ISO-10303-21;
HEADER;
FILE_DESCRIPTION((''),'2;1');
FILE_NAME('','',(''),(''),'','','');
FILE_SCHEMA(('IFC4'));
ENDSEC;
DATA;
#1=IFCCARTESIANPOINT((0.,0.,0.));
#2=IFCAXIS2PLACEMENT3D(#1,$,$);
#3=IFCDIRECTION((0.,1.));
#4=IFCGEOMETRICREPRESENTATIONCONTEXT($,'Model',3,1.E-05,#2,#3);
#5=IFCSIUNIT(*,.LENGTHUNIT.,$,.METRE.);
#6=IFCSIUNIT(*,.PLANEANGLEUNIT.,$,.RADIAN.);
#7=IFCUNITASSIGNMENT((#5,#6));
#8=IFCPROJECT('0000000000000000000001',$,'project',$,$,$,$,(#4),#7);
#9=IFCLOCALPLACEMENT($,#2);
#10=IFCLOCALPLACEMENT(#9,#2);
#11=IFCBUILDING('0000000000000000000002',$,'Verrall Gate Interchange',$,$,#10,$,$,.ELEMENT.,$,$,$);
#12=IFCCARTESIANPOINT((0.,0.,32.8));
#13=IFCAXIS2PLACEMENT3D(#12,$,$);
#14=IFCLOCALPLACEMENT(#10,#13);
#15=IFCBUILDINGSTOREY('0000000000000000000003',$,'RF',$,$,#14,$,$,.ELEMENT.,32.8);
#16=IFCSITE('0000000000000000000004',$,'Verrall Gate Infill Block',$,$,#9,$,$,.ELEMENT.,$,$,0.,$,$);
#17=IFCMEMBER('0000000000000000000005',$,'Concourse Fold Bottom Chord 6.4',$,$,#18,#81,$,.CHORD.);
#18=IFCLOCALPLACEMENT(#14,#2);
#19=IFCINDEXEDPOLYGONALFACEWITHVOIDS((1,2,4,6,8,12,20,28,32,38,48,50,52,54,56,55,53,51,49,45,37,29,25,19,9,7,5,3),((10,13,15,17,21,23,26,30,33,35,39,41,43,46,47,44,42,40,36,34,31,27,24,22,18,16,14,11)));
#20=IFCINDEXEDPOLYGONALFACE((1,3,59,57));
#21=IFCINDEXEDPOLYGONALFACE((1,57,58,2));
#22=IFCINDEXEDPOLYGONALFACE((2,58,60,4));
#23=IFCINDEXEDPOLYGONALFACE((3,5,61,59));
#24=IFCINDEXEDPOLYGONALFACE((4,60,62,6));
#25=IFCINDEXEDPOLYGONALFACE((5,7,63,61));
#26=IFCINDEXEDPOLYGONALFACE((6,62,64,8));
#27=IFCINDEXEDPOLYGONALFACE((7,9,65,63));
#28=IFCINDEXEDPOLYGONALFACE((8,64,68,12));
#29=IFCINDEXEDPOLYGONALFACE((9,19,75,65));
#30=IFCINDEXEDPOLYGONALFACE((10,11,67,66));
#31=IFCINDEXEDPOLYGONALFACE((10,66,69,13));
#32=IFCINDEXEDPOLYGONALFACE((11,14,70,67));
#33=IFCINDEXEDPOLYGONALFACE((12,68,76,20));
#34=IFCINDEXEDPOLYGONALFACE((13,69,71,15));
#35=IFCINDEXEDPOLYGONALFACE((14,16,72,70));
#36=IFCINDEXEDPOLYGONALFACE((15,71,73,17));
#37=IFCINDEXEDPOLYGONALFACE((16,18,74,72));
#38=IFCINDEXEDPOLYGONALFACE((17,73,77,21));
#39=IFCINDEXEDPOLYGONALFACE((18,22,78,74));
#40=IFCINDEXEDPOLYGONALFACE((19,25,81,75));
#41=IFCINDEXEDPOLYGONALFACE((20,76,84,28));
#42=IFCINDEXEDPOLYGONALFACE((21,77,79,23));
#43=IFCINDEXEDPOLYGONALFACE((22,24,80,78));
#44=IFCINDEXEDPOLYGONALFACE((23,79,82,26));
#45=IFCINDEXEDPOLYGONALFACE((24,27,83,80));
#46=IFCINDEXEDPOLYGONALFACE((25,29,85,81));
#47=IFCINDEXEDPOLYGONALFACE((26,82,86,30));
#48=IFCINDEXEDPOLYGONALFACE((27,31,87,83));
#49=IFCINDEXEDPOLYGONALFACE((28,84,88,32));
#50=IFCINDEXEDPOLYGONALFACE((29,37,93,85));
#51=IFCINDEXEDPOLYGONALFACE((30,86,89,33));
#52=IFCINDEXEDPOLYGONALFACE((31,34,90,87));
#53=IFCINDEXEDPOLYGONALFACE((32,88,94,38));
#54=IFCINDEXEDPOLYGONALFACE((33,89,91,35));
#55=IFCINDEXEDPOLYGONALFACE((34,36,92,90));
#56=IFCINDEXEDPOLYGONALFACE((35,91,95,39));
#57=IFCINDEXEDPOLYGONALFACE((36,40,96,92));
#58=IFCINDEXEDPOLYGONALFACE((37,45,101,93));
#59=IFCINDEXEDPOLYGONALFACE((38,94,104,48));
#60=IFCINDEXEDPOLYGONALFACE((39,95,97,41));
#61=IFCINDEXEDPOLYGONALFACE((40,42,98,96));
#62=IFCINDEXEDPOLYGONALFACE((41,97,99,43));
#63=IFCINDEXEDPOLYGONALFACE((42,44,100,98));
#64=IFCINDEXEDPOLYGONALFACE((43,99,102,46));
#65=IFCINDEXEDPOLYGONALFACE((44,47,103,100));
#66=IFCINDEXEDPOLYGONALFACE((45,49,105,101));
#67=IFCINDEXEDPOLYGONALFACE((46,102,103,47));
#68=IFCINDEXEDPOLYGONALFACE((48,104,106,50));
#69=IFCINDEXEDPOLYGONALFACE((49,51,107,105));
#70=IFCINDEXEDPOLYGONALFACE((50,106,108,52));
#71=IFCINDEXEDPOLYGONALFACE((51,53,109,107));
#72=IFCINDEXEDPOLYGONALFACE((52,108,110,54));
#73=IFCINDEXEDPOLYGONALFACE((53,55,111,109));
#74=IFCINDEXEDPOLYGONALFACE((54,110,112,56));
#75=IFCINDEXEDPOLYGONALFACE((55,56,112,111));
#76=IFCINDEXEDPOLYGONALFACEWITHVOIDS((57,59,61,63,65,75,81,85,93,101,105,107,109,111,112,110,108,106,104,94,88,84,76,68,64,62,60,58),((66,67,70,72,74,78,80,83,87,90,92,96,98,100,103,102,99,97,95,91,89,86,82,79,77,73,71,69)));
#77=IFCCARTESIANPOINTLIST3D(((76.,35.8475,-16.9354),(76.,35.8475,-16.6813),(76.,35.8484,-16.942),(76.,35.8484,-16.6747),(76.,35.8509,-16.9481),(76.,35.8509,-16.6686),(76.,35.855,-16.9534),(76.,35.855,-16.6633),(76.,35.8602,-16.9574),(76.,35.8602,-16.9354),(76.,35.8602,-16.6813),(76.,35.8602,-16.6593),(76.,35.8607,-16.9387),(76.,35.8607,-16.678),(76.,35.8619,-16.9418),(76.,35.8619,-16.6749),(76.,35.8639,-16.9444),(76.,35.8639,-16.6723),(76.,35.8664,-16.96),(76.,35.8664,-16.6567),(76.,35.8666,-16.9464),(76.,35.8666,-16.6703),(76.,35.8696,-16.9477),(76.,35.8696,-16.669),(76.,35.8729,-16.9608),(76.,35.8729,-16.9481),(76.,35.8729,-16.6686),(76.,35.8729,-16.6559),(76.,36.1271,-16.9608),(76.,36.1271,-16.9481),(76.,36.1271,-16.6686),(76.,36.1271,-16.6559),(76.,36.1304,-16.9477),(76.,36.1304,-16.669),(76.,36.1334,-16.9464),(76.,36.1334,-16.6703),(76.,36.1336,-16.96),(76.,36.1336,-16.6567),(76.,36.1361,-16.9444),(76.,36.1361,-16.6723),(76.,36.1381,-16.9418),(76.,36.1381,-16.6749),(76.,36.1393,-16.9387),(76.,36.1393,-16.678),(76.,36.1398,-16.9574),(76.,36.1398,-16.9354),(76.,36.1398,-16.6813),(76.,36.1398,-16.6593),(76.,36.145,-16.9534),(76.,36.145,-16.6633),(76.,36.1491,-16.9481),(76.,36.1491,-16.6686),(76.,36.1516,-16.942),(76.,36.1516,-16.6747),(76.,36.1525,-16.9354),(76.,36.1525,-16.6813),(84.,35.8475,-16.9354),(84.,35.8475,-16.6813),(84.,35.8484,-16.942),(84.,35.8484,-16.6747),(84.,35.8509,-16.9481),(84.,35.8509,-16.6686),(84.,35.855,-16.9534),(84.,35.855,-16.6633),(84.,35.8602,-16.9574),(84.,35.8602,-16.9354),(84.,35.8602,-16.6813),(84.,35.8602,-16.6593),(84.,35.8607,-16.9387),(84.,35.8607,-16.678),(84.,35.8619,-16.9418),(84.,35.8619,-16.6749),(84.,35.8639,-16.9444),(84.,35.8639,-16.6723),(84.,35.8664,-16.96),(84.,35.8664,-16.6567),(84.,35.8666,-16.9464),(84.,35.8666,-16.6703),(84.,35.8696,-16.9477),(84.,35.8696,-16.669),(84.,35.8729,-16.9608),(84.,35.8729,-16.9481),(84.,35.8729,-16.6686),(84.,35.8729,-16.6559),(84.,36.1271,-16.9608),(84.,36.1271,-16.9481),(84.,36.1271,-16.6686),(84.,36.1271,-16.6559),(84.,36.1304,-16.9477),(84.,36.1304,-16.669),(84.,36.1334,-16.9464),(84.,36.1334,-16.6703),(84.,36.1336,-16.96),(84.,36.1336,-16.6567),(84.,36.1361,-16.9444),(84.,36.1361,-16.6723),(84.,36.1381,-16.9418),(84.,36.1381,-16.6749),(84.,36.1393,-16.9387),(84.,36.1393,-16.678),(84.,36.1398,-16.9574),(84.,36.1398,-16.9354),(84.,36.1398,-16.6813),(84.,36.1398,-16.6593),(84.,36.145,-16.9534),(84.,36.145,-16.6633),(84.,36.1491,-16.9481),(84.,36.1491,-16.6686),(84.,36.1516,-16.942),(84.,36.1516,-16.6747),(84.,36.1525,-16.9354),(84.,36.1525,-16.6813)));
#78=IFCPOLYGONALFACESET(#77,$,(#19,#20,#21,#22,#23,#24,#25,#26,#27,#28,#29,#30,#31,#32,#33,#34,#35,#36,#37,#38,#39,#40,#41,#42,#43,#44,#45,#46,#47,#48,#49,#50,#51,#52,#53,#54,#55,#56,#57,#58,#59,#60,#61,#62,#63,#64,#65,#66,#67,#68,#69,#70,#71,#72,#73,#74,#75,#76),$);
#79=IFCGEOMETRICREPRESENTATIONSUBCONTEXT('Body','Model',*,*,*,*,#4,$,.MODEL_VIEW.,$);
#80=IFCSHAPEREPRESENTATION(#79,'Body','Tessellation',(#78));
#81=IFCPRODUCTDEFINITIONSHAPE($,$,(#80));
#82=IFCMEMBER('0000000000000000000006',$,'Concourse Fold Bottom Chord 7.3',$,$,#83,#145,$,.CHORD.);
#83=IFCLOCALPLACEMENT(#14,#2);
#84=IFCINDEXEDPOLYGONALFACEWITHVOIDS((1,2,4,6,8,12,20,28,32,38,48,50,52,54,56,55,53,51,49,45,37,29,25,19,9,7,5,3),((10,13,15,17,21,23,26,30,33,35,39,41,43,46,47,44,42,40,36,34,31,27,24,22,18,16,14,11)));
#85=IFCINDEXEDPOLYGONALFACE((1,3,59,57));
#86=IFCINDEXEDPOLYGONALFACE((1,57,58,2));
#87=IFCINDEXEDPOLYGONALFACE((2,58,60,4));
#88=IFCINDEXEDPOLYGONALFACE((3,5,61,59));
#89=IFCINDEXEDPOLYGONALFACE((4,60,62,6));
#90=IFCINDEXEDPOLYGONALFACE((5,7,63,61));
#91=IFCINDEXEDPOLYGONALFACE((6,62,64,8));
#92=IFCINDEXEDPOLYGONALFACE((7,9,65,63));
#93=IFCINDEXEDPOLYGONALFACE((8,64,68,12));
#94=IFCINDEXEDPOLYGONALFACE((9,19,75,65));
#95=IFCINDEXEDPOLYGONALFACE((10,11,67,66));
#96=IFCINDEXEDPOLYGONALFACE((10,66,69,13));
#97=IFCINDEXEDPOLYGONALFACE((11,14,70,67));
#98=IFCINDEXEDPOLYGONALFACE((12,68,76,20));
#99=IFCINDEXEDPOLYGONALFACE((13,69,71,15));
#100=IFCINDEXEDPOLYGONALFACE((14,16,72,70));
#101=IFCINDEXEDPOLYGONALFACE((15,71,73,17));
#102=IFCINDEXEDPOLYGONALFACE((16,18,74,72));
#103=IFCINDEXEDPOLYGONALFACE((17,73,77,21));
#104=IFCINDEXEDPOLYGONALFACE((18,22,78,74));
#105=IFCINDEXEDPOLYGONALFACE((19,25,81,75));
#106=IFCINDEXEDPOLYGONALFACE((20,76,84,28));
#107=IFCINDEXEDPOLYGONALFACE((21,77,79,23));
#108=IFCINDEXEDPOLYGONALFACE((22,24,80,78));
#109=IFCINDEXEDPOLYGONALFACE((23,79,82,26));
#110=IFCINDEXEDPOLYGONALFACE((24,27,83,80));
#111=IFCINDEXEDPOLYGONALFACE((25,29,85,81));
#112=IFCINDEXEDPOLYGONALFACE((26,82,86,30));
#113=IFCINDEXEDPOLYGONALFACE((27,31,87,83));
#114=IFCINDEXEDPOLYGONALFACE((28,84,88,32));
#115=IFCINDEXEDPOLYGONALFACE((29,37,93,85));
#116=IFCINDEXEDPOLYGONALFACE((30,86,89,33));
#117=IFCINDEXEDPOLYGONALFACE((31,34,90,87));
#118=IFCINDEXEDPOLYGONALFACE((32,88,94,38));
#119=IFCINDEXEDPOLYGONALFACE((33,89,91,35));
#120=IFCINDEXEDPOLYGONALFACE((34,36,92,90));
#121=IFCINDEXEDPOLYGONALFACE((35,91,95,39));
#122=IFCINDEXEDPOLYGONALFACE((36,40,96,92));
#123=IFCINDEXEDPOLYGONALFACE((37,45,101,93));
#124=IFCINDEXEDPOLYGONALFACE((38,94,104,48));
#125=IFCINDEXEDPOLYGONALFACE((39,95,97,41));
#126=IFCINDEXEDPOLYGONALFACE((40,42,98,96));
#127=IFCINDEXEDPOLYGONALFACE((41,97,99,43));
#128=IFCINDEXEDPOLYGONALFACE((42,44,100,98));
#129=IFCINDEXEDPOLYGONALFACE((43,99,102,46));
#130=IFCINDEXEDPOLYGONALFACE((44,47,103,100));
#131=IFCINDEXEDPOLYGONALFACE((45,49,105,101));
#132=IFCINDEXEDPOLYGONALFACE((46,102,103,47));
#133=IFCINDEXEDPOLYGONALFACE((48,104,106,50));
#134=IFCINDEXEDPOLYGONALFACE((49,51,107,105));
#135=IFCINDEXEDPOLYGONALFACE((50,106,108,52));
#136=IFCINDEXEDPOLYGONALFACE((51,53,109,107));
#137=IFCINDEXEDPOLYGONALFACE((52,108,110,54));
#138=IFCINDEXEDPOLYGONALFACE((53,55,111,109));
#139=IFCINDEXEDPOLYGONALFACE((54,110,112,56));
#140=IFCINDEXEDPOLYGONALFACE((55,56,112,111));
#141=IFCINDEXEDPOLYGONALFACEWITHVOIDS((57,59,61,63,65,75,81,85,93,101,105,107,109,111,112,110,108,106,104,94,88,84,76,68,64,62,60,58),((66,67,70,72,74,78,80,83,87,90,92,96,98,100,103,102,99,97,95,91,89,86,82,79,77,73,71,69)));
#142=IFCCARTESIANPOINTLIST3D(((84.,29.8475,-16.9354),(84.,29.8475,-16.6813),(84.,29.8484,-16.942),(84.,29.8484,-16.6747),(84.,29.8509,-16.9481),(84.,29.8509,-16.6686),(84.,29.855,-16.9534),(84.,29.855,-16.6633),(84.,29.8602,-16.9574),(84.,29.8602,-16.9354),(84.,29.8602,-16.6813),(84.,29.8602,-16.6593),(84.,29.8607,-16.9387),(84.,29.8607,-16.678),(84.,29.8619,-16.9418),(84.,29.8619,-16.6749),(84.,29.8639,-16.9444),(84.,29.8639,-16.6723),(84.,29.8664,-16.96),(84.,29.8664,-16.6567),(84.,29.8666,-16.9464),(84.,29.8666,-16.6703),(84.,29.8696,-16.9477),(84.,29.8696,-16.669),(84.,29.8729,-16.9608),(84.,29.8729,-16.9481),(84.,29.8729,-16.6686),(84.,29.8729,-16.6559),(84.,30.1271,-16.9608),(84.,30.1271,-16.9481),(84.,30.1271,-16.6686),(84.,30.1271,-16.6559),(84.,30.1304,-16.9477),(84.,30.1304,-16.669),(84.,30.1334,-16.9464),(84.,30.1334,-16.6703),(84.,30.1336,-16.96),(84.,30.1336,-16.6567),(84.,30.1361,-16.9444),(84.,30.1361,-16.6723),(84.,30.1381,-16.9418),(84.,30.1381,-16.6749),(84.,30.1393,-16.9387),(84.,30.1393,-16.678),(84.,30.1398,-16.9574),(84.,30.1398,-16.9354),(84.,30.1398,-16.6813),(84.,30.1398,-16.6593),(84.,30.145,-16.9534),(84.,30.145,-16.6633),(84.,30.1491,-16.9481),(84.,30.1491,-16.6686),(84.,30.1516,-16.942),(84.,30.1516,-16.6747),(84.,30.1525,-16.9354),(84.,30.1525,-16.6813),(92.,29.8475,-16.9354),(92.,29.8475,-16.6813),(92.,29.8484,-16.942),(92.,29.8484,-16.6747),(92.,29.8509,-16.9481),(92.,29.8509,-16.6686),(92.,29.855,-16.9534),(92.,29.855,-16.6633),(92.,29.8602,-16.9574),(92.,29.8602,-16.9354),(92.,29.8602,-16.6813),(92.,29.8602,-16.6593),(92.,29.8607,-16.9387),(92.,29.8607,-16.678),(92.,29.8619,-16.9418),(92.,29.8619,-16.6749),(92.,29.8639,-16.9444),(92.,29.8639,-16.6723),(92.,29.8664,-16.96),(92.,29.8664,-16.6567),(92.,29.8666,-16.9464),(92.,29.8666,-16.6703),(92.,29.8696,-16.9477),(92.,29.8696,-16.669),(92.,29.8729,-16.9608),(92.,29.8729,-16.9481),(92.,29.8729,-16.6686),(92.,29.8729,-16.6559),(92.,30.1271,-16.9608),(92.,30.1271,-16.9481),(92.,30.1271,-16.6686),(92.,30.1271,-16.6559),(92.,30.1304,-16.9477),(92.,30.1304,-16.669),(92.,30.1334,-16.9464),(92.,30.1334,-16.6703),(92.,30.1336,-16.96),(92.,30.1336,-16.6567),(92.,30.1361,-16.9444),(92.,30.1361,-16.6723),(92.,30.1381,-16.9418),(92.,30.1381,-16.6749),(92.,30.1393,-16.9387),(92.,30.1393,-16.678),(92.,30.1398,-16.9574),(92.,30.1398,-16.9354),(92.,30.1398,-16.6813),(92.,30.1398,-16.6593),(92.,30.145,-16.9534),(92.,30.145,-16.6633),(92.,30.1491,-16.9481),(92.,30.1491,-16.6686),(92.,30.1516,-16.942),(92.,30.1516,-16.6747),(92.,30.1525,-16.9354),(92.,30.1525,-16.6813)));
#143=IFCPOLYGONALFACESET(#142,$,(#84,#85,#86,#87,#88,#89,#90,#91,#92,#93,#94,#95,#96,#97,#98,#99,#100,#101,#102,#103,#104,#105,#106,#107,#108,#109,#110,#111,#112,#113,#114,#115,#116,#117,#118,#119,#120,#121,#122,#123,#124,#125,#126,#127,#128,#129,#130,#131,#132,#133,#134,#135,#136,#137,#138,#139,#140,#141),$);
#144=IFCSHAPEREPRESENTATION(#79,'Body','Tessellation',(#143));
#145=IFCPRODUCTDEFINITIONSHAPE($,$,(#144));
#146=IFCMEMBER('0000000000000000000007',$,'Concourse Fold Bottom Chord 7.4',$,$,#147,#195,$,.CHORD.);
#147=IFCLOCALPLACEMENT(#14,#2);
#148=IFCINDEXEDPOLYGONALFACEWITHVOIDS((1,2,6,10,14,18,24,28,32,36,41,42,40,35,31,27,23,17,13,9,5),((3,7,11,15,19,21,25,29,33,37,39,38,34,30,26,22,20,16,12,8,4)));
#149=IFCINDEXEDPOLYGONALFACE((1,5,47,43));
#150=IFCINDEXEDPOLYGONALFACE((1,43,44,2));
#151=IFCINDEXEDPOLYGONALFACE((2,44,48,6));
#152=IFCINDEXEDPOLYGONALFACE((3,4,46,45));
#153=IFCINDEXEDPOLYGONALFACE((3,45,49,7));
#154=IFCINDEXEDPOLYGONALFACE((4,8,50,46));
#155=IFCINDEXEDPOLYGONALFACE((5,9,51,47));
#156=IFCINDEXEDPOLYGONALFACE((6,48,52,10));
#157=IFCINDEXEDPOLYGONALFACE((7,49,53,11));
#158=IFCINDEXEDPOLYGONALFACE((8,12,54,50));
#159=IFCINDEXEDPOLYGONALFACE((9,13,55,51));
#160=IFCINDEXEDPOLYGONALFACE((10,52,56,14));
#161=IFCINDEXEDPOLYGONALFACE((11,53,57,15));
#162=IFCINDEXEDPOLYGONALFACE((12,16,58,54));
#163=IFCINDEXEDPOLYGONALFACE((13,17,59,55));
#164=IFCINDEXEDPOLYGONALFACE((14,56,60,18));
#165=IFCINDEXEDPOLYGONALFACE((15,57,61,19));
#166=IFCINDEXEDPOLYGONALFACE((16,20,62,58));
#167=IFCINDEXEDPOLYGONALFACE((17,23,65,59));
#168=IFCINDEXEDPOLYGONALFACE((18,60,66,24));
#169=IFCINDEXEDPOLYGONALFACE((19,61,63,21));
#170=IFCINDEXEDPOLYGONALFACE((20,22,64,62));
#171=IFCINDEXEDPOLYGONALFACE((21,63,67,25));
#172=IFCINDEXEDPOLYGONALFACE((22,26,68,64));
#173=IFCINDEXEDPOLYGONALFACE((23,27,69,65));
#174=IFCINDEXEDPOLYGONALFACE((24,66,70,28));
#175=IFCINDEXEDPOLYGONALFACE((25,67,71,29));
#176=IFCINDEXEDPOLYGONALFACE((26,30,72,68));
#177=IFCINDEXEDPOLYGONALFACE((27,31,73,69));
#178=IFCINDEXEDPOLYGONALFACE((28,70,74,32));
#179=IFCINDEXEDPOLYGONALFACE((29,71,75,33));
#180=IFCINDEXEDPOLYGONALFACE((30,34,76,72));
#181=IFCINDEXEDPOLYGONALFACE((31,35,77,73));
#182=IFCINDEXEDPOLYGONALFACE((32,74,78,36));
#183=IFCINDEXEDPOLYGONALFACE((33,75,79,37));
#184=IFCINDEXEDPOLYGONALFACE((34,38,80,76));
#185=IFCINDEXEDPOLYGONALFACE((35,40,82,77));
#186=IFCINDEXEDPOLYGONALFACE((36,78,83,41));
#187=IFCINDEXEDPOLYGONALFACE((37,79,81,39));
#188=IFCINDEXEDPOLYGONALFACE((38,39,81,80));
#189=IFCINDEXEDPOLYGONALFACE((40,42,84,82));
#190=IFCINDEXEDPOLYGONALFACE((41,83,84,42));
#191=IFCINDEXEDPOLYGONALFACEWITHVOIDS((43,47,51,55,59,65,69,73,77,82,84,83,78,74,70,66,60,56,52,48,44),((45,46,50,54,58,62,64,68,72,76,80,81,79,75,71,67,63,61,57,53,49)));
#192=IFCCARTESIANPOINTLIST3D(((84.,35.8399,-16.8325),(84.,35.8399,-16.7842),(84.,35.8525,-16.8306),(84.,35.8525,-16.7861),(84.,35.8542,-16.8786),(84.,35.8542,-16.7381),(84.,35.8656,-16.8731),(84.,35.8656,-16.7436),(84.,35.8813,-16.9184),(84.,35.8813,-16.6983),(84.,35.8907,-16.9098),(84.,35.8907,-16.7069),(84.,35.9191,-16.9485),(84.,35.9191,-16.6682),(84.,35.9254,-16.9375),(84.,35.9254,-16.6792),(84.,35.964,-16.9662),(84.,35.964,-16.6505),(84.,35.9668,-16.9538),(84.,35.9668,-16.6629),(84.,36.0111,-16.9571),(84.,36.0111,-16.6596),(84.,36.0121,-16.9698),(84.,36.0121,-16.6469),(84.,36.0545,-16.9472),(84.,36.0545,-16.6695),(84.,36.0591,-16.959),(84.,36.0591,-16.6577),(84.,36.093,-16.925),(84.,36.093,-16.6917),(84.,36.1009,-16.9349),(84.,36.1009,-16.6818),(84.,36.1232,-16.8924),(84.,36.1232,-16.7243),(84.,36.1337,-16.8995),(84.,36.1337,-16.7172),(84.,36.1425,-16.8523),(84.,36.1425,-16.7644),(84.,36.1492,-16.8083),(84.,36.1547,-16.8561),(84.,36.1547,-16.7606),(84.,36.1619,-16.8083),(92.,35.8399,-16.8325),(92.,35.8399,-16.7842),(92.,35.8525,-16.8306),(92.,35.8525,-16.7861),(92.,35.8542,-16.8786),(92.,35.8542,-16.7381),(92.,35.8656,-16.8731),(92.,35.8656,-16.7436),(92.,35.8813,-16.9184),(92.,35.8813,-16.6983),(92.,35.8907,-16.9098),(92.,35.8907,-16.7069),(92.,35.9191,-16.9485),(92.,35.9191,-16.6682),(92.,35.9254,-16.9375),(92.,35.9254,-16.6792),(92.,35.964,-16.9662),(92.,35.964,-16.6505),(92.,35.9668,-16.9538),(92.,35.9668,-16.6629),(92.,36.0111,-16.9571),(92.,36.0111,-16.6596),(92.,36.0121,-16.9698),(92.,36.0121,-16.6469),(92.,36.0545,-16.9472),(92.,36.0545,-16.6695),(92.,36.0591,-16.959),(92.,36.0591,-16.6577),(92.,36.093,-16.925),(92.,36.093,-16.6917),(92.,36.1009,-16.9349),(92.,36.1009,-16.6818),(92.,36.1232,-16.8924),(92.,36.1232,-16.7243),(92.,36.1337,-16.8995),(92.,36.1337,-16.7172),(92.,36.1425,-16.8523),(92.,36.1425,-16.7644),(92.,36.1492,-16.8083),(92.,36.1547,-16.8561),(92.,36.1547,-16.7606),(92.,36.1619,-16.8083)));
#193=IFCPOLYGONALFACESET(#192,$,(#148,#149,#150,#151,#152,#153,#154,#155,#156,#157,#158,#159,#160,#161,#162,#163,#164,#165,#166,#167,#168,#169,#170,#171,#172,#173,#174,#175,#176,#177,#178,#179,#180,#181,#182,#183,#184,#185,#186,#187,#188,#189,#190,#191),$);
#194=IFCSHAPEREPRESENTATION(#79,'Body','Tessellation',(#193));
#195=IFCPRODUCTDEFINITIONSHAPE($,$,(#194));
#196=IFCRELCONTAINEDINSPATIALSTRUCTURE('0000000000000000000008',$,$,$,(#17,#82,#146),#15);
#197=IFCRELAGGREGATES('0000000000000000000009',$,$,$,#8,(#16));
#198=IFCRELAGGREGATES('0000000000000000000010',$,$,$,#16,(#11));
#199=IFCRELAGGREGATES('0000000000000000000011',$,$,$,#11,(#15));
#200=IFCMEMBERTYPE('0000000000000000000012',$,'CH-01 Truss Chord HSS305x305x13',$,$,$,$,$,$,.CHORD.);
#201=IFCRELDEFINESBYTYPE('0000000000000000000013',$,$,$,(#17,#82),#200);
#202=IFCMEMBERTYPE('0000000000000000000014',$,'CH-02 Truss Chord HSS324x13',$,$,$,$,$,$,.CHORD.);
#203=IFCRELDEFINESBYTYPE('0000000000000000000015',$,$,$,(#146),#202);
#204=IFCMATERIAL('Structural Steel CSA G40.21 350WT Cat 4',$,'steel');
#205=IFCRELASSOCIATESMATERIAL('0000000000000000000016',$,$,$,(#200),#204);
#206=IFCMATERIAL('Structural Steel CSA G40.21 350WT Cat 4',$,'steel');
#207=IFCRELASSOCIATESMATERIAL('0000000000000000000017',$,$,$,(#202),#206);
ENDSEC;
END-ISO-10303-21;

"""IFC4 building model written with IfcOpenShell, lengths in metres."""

from ifc_helpers import new_model, si_unit, direction, frame, origin, origin_2d, place, context, subcontext, project, spatial, hollow_rectangle, hollow_circle, extrude, material, material_profile, profile_set, type_object, element, save


model = new_model("IFC4")

# Units and contexts
model_context = context("Model", 3, precision=1e-05, world=origin(), true_north=direction((0.0, 1.0)))
body_context = subcontext(model_context, "Body", "Model", "MODEL_VIEW")
ifc_project = project(units=[si_unit("LENGTHUNIT", "METRE"), si_unit("PLANEANGLEUNIT", "RADIAN")], contexts=[model_context])

# Site, building, storey
site_placement = place(None, origin())
site = spatial("IfcSite", under=ifc_project, at=site_placement, Name="Verrall Gate Infill Block", CompositionType="ELEMENT", RefElevation=0.0)
building_placement = place(site_placement, origin())
building = spatial("IfcBuilding", under=site, at=building_placement, Name="Verrall Gate Interchange", CompositionType="ELEMENT")
storey_placement = place(building_placement, frame((0.0, 0.0, 32.8)))
storey = spatial("IfcBuildingStorey", under=building, at=storey_placement, Name="RF", CompositionType="ELEMENT", Elevation=32.8)

# Members
ifc_material_1 = material(Name="Structural Steel CSA G40.21 350WT Cat 4", Category="steel")
ifc_material_profile_1 = material_profile(ifc_material_1, hollow_rectangle(XDim=0.3049, YDim=0.3049, WallThickness=0.0127, InnerFilletRadius=0.0127, OuterFilletRadius=0.0254, at=origin_2d()), Name="HSS305x305x13")
ifc_profile_set_1 = profile_set([ifc_material_profile_1], Name="Structural Steel CSA G40.21 350WT Cat 4")
member_type_1 = type_object("IfcMemberType", Name="CH-01 Truss Chord HSS305x305x13", PredefinedType="CHORD", material=ifc_profile_set_1)
for number, where, z_axis, x_axis, name in (
    (1, (76.0, 36.0, -16.8083), (1.0, 0.0, 0.0), (0.0, 1.0, 0.0), "Concourse Fold Bottom Chord 6.4"),
    (2, (84.0, 30.0, -16.8083), (1.0, 0.0, 0.0), (0.0, 1.0, 0.0), "Concourse Fold Bottom Chord 7.3"),
):
    element("IfcMember", number, at=place(storey_placement, frame(where, z_axis=z_axis, x_axis=x_axis)), inside=storey, type_object=member_type_1, Name=name, PredefinedType="CHORD", context=body_context, shape_type="SweptSolid", body=[
        extrude(hollow_rectangle(XDim=0.3049, YDim=0.3049, WallThickness=0.0127, InnerFilletRadius=0.0127, OuterFilletRadius=0.0254, at=origin_2d()), origin(), (0.0, 0.0, 1.0), 8.0),
    ])
ifc_material_2 = material(Name="Structural Steel CSA G40.21 350WT Cat 4", Category="steel")
ifc_material_profile_2 = material_profile(ifc_material_2, hollow_circle(Radius=0.1619, WallThickness=0.0127, at=origin_2d()), Name="HSS324x13")
ifc_profile_set_2 = profile_set([ifc_material_profile_2], Name="Structural Steel CSA G40.21 350WT Cat 4")
member_type_2 = type_object("IfcMemberType", Name="CH-02 Truss Chord HSS324x13", PredefinedType="CHORD", material=ifc_profile_set_2)
member_placement = place(storey_placement, frame((84.0, 36.0, -16.8083), z_axis=(1.0, 0.0, 0.0), x_axis=(0.0, 1.0, 0.0)))
element("IfcMember", 3, at=member_placement, inside=storey, type_object=member_type_2, Name="Concourse Fold Bottom Chord 7.4", PredefinedType="CHORD", context=body_context, shape_type="SweptSolid", body=[
    extrude(hollow_circle(Radius=0.1619, WallThickness=0.0127, at=origin_2d()), origin(), (0.0, 0.0, 1.0), 8.0),
])

save(model, "model.ifc")
